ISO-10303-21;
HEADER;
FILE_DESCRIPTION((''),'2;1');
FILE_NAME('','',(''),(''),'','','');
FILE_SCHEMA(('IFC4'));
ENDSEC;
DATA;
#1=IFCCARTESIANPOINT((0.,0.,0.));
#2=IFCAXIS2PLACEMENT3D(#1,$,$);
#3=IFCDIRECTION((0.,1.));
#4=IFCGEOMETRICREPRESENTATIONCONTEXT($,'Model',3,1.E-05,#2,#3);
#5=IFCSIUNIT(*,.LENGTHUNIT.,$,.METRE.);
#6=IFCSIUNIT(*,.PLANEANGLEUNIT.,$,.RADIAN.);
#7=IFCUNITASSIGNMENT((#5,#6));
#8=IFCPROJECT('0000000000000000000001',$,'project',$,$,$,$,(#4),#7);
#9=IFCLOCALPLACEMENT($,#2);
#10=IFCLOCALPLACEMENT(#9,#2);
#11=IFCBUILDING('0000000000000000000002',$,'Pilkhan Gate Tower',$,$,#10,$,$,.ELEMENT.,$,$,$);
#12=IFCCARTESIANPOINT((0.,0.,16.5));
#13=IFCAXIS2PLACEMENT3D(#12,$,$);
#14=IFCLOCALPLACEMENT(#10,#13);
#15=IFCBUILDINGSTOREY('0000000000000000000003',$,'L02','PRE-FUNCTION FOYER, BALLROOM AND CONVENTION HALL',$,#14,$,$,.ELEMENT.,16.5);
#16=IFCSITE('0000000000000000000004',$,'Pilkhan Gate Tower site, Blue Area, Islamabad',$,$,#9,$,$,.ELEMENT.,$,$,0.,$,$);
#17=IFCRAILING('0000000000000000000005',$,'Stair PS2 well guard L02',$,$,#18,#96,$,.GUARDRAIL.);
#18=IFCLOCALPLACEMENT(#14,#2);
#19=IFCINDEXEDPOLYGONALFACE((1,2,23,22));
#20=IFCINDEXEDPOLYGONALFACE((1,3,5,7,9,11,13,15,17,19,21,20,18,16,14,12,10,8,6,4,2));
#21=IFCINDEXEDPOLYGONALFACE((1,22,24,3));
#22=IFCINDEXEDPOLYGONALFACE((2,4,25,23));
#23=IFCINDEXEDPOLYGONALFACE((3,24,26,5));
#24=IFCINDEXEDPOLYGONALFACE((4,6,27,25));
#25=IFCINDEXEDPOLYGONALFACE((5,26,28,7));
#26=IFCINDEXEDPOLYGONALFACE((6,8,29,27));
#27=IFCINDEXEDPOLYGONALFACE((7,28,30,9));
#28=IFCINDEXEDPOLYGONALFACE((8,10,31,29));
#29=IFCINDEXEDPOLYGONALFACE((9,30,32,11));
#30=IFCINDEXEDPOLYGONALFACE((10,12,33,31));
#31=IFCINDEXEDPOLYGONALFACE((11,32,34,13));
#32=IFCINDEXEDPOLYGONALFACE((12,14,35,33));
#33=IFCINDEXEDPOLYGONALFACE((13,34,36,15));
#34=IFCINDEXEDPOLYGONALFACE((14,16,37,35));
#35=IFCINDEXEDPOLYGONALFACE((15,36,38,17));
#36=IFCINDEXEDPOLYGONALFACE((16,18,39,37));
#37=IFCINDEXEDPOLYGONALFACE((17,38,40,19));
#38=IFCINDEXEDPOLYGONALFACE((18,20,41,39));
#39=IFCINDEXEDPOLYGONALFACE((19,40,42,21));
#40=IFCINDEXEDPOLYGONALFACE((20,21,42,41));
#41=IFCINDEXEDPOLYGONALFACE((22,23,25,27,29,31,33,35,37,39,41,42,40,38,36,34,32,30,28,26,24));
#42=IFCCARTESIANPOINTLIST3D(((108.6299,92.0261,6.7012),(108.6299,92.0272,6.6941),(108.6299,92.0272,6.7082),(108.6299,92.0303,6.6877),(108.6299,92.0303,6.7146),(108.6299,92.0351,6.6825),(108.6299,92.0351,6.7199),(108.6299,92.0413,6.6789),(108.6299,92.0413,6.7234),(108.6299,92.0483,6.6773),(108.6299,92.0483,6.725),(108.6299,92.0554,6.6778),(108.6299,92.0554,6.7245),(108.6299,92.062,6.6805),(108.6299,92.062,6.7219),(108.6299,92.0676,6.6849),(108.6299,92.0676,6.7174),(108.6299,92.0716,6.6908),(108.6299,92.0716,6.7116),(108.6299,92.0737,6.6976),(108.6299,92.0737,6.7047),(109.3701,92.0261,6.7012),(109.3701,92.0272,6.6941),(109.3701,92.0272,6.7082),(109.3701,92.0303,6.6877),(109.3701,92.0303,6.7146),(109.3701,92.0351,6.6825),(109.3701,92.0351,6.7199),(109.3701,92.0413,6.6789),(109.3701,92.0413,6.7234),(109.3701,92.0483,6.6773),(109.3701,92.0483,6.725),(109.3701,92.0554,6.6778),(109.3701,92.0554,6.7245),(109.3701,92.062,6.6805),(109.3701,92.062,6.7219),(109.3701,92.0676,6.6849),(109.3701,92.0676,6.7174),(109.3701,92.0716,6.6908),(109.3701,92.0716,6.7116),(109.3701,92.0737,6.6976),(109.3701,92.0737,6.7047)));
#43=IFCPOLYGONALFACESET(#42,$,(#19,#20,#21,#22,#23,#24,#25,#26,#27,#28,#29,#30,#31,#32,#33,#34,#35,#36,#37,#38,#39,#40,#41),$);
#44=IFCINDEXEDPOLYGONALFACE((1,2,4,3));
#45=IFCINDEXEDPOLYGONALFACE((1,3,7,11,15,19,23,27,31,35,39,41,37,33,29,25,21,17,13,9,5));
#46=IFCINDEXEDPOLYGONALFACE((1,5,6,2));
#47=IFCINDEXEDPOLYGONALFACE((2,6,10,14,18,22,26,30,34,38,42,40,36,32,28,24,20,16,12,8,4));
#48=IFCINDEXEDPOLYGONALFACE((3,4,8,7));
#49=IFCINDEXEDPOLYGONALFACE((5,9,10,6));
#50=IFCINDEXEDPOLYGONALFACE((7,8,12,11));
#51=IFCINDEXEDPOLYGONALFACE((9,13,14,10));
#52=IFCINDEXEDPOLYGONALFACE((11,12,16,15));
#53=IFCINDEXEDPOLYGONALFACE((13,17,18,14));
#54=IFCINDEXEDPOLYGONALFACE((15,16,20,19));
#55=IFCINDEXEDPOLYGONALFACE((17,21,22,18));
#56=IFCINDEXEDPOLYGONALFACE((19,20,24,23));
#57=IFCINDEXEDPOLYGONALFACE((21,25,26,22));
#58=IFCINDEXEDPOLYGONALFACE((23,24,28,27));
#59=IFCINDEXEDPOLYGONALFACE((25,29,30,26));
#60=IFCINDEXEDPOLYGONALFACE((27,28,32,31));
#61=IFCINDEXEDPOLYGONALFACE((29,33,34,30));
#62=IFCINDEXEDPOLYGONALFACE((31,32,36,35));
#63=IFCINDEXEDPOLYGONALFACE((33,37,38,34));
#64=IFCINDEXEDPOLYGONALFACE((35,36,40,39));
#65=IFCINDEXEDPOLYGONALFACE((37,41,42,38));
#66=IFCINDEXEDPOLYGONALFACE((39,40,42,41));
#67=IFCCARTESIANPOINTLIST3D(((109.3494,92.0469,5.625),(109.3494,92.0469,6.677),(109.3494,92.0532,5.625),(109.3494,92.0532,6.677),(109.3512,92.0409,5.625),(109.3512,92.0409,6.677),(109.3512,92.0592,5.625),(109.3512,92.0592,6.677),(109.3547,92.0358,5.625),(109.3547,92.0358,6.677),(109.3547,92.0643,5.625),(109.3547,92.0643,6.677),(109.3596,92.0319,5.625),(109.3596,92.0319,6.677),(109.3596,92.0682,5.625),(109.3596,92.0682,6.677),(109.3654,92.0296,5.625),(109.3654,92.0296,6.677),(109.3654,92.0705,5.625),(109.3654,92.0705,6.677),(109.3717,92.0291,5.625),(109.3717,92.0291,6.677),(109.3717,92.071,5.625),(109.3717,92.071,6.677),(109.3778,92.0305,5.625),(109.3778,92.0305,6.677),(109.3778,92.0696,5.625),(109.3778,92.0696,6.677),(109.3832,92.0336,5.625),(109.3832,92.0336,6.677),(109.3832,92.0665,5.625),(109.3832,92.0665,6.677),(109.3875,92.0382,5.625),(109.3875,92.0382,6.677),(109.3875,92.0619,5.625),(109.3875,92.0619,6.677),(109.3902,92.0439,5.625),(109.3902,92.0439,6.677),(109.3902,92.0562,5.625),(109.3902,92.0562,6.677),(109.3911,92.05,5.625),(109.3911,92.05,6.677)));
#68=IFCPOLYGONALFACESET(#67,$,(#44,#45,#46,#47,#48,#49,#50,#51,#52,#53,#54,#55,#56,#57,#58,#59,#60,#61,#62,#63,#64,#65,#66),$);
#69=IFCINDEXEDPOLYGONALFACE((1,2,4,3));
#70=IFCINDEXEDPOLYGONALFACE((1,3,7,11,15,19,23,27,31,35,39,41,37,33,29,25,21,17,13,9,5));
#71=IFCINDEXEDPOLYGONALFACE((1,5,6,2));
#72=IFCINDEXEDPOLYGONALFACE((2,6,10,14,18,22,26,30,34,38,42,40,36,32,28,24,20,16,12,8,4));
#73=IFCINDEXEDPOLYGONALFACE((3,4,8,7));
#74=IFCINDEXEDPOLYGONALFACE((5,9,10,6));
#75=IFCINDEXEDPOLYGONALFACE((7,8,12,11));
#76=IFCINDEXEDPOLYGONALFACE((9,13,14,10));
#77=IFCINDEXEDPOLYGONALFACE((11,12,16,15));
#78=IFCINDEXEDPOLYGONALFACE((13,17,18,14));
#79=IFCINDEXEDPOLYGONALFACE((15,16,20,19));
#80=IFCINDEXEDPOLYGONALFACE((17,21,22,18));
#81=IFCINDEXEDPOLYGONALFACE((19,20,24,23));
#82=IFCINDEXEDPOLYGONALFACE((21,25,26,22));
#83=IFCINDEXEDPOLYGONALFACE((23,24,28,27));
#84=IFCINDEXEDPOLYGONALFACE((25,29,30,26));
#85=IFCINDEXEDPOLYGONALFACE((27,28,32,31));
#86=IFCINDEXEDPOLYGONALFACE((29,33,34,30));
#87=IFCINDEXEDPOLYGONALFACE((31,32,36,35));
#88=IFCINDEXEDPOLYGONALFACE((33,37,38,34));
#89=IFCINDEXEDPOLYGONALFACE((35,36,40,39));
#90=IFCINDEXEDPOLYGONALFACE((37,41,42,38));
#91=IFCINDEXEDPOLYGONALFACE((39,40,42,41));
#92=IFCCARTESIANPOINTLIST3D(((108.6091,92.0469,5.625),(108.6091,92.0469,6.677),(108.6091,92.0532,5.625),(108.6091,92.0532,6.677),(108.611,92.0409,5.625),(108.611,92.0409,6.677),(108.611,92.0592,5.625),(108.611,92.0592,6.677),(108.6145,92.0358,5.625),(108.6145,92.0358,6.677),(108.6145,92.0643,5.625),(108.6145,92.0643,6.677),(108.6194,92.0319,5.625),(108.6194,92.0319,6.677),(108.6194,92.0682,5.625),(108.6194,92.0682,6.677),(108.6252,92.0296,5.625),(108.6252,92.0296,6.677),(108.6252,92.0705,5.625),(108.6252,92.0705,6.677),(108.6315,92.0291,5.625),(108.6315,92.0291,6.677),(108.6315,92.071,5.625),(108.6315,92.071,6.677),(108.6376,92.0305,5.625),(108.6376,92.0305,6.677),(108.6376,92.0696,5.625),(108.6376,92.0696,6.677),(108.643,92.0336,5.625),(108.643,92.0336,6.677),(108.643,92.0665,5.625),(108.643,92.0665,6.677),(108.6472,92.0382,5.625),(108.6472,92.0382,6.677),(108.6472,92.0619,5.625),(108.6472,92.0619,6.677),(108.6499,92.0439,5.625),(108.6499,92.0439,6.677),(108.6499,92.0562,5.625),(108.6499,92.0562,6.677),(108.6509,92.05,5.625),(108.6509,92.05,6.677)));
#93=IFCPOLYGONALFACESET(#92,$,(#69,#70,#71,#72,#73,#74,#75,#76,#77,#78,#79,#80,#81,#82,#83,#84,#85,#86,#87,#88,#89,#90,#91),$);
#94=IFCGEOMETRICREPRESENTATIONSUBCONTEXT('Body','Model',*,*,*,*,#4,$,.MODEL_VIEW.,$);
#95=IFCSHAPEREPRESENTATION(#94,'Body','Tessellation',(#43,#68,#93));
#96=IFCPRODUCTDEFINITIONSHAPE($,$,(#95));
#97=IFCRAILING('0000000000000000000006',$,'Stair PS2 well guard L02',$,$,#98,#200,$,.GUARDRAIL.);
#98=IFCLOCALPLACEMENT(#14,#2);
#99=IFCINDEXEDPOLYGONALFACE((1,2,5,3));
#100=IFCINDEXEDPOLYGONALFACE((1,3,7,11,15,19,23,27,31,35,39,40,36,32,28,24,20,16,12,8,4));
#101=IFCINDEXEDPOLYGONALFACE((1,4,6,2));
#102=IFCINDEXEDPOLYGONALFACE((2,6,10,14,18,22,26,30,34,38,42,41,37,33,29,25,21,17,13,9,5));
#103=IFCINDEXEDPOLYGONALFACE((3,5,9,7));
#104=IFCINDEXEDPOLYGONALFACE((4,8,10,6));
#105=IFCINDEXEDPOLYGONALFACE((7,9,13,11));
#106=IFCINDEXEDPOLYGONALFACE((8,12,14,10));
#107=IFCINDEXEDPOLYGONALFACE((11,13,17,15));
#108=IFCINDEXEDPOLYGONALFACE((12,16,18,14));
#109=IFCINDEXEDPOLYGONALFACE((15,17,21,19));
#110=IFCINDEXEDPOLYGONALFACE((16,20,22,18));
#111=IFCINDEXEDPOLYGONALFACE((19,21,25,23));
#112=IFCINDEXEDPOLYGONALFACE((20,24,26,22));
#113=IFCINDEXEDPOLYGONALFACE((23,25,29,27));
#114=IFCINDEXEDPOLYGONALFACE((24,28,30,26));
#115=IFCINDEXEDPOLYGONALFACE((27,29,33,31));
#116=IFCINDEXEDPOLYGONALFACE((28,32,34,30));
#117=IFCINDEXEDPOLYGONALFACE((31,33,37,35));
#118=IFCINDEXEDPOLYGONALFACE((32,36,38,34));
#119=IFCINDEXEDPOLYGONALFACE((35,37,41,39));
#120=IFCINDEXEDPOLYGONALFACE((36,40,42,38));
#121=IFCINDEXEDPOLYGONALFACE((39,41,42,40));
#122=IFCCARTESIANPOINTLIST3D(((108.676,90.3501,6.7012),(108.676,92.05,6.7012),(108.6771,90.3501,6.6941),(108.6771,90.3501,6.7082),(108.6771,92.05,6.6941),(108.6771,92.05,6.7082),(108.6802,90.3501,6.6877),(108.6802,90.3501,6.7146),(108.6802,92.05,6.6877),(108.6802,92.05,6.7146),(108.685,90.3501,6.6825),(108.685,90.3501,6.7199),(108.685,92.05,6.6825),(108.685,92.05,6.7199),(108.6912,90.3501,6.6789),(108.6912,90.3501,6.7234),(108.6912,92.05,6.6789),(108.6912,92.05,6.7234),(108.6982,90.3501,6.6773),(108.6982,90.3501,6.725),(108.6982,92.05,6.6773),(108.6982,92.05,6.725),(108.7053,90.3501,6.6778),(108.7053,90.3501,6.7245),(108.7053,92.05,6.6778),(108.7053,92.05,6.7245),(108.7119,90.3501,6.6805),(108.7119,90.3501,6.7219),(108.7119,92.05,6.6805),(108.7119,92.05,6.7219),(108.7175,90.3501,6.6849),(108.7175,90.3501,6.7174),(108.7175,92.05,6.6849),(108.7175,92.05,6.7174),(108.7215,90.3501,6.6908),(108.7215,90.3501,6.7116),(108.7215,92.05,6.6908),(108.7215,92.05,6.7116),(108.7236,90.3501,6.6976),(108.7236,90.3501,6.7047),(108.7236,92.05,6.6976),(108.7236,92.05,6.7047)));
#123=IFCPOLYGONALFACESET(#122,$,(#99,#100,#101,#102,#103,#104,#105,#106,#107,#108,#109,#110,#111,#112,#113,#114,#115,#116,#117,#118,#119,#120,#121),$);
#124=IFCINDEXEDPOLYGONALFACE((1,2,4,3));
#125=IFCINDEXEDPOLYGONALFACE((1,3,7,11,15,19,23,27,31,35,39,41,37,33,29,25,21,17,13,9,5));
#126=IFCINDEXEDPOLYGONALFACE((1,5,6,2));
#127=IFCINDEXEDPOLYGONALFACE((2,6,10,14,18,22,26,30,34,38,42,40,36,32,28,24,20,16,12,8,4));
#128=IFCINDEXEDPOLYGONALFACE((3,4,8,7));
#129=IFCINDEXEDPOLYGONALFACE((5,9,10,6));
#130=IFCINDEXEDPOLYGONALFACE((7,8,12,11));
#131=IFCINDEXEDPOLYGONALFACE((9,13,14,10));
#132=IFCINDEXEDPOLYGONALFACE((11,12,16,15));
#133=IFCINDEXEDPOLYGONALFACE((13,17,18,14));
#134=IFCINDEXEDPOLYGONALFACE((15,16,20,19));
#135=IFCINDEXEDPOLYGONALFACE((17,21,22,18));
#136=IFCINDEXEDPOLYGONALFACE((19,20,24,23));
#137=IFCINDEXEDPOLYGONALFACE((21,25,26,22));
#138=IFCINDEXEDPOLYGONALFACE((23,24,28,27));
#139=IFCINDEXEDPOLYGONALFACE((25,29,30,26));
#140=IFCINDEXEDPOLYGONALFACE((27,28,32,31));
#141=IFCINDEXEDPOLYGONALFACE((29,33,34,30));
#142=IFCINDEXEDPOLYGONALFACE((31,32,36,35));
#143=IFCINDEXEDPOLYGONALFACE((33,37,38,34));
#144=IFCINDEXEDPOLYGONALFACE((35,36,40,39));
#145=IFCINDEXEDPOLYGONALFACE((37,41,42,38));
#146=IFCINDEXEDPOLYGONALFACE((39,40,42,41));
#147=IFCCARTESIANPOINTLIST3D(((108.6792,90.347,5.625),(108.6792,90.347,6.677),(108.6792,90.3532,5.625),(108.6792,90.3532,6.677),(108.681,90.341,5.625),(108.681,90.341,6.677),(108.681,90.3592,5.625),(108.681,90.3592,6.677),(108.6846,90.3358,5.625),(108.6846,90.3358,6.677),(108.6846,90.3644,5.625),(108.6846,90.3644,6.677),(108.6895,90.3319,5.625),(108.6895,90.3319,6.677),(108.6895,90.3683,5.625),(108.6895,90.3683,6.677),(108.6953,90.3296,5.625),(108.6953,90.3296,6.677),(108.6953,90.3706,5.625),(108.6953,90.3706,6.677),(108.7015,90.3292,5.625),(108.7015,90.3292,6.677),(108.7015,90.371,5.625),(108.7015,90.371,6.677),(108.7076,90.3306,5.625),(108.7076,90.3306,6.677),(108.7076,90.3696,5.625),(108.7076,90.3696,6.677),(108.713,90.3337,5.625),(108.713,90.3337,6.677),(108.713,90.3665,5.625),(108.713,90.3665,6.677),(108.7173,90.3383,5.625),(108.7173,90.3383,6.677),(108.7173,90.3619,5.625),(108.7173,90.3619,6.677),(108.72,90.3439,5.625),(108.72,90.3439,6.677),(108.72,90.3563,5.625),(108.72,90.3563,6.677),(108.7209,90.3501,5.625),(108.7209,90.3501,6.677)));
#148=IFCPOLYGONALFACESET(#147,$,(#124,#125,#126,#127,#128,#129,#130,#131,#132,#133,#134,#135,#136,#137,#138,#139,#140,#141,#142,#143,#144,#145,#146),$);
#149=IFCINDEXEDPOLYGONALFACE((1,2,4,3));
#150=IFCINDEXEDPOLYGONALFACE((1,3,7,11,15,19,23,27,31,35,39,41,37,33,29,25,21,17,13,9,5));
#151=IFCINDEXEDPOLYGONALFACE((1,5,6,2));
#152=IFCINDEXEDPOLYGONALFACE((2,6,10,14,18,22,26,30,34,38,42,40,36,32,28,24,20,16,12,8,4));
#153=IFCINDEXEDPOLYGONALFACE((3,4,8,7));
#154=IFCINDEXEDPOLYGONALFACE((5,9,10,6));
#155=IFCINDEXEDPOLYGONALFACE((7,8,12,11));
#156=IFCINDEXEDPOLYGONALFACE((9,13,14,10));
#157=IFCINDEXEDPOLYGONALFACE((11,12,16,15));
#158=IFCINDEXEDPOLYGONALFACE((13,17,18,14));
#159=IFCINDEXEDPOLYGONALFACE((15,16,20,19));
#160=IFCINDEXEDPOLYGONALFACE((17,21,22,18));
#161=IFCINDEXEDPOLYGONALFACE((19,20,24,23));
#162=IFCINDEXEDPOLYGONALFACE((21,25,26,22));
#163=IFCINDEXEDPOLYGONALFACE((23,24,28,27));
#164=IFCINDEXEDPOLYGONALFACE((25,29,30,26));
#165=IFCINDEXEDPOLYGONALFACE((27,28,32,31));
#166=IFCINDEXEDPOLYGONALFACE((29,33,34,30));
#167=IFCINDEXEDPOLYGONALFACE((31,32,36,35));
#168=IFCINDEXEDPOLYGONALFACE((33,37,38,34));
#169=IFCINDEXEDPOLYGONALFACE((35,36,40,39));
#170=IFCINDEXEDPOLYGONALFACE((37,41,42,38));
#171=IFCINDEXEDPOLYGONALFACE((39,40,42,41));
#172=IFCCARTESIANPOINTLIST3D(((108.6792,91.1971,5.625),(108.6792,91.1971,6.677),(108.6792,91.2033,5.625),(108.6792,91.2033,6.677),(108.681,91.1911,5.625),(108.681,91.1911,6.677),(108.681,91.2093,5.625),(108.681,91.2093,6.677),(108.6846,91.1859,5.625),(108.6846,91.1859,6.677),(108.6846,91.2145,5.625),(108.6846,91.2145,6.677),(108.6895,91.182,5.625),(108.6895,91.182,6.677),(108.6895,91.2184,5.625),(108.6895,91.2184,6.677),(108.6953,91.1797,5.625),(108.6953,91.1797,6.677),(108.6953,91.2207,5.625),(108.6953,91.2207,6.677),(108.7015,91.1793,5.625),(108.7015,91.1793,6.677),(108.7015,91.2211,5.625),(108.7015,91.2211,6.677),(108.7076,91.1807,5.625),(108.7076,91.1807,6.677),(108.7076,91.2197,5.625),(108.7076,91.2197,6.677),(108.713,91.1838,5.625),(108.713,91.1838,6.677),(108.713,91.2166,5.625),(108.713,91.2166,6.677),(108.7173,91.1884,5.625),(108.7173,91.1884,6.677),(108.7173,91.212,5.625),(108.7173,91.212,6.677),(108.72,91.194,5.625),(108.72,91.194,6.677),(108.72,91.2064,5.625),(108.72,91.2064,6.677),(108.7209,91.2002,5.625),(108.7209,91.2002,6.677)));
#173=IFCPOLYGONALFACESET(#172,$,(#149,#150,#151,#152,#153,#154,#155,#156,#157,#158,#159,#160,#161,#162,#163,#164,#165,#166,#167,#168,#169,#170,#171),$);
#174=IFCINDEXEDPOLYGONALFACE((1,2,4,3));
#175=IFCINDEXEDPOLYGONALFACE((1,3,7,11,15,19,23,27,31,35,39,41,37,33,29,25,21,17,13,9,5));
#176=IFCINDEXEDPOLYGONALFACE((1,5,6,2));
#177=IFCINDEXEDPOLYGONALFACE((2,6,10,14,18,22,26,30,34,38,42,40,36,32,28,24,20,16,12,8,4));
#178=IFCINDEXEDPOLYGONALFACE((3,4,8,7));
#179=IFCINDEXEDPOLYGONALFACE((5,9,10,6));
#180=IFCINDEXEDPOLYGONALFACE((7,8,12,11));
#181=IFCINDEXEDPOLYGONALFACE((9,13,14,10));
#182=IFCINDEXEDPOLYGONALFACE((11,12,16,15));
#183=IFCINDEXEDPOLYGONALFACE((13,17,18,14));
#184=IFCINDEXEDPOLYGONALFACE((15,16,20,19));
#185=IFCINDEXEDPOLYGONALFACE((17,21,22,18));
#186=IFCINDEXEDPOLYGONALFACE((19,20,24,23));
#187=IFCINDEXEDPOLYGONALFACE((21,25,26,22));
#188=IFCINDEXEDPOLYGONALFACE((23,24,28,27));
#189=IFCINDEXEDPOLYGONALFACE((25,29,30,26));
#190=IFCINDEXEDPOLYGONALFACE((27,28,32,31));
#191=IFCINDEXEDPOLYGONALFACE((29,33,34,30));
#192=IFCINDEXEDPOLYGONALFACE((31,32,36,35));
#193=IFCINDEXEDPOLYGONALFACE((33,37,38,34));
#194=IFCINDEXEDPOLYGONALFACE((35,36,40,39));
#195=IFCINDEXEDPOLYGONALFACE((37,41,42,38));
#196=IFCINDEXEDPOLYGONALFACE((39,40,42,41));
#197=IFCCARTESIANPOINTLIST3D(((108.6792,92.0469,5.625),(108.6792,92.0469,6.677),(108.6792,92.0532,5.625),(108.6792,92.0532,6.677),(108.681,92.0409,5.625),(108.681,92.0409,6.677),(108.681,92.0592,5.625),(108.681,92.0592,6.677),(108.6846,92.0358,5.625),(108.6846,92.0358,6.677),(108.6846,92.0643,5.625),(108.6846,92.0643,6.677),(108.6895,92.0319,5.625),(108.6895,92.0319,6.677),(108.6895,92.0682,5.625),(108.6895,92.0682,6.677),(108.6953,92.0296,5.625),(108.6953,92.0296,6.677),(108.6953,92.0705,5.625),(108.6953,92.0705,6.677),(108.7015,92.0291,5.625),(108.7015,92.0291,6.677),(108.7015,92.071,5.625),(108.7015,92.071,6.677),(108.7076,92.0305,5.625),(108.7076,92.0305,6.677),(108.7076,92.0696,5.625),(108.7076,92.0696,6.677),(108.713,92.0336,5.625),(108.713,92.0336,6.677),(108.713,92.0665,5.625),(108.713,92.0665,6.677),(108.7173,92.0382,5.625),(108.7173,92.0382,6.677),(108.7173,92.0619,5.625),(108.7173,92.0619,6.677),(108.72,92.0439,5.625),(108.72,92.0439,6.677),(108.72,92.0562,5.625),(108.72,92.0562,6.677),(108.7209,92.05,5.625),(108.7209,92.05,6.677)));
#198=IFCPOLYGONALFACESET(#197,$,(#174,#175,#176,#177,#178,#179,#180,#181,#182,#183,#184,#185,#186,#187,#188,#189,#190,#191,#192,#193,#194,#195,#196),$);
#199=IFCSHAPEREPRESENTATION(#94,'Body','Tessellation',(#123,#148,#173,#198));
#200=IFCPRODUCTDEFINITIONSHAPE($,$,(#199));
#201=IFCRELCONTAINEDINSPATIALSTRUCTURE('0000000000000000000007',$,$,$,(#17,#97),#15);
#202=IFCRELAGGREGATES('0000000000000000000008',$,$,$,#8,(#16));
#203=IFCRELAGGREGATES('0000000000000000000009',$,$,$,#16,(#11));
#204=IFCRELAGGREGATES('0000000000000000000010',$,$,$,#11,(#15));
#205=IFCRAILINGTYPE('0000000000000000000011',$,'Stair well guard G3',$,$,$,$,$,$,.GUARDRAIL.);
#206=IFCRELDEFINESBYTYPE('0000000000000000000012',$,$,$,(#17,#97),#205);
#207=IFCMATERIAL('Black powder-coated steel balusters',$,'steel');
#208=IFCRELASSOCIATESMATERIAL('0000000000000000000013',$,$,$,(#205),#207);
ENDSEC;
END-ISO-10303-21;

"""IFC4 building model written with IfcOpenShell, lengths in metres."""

from ifc_helpers import new_model, si_unit, direction, frame, origin, origin_2d, place, context, subcontext, project, spatial, circle, extrude, material, type_object, element, save


model = new_model("IFC4")

# Units and contexts
model_context = context("Model", 3, precision=1e-05, world=origin(), true_north=direction((0.0, 1.0)))
body_context = subcontext(model_context, "Body", "Model", "MODEL_VIEW")
ifc_project = project(units=[si_unit("LENGTHUNIT", "METRE"), si_unit("PLANEANGLEUNIT", "RADIAN")], contexts=[model_context])

# Site, building, storey
site_placement = place(None, origin())
site = spatial("IfcSite", under=ifc_project, at=site_placement, Name="Pilkhan Gate Tower site, Blue Area, Islamabad", CompositionType="ELEMENT", RefElevation=0.0)
building_placement = place(site_placement, origin())
building = spatial("IfcBuilding", under=site, at=building_placement, Name="Pilkhan Gate Tower", CompositionType="ELEMENT")
storey_placement = place(building_placement, frame((0.0, 0.0, 16.5)))
storey = spatial("IfcBuildingStorey", under=building, at=storey_placement, Name="L02", Description="PRE-FUNCTION FOYER, BALLROOM AND CONVENTION HALL", CompositionType="ELEMENT", Elevation=16.5)

# Railings
ifc_material_1 = material(Name="Black powder-coated steel balusters", Category="steel")
railing_type_1 = type_object("IfcRailingType", Name="Stair well guard G3", PredefinedType="GUARDRAIL", material=ifc_material_1)
railing_1_placement = place(storey_placement, frame((109.3701, 92.05, 5.625)))
element("IfcRailing", 1, at=railing_1_placement, inside=storey, type_object=railing_type_1, Name="Stair PS2 well guard L02", PredefinedType="GUARDRAIL", context=body_context, shape_type="SweptSolid", body=[
    extrude(circle(Radius=0.0239, at=origin_2d()), frame((0.0, 0.0, 1.0762), z_axis=(-1.0, 0.0, 0.0), x_axis=(0.0, -1.0, 0.0)), (0.0, 0.0, 1.0), 0.7402),
    extrude(circle(Radius=0.021, at=origin_2d()), origin(), (0.0, 0.0, 1.0), 1.052),
    extrude(circle(Radius=0.021, at=origin_2d()), frame((-0.7402, 0.0, 0.0)), (0.0, 0.0, 1.0), 1.052),
])
railing_2_placement = place(storey_placement, frame((108.7, 90.3501, 5.625)))
element("IfcRailing", 2, at=railing_2_placement, inside=storey, type_object=railing_type_1, Name="Stair PS2 well guard L02", PredefinedType="GUARDRAIL", context=body_context, shape_type="SweptSolid", body=[
    extrude(circle(Radius=0.0239, at=origin_2d()), frame((0.0, 0.0, 1.0762), z_axis=(0.0, 1.0, 0.0), x_axis=(-1.0, 0.0, 0.0)), (0.0, 0.0, 1.0), 1.7),
    extrude(circle(Radius=0.021, at=origin_2d()), origin(), (0.0, 0.0, 1.0), 1.052),
    extrude(circle(Radius=0.021, at=origin_2d()), frame((0.0, 0.8501, 0.0)), (0.0, 0.0, 1.0), 1.052),
    extrude(circle(Radius=0.021, at=origin_2d()), frame((0.0, 1.7, 0.0)), (0.0, 0.0, 1.0), 1.052),
])

save(model, "model.ifc")
